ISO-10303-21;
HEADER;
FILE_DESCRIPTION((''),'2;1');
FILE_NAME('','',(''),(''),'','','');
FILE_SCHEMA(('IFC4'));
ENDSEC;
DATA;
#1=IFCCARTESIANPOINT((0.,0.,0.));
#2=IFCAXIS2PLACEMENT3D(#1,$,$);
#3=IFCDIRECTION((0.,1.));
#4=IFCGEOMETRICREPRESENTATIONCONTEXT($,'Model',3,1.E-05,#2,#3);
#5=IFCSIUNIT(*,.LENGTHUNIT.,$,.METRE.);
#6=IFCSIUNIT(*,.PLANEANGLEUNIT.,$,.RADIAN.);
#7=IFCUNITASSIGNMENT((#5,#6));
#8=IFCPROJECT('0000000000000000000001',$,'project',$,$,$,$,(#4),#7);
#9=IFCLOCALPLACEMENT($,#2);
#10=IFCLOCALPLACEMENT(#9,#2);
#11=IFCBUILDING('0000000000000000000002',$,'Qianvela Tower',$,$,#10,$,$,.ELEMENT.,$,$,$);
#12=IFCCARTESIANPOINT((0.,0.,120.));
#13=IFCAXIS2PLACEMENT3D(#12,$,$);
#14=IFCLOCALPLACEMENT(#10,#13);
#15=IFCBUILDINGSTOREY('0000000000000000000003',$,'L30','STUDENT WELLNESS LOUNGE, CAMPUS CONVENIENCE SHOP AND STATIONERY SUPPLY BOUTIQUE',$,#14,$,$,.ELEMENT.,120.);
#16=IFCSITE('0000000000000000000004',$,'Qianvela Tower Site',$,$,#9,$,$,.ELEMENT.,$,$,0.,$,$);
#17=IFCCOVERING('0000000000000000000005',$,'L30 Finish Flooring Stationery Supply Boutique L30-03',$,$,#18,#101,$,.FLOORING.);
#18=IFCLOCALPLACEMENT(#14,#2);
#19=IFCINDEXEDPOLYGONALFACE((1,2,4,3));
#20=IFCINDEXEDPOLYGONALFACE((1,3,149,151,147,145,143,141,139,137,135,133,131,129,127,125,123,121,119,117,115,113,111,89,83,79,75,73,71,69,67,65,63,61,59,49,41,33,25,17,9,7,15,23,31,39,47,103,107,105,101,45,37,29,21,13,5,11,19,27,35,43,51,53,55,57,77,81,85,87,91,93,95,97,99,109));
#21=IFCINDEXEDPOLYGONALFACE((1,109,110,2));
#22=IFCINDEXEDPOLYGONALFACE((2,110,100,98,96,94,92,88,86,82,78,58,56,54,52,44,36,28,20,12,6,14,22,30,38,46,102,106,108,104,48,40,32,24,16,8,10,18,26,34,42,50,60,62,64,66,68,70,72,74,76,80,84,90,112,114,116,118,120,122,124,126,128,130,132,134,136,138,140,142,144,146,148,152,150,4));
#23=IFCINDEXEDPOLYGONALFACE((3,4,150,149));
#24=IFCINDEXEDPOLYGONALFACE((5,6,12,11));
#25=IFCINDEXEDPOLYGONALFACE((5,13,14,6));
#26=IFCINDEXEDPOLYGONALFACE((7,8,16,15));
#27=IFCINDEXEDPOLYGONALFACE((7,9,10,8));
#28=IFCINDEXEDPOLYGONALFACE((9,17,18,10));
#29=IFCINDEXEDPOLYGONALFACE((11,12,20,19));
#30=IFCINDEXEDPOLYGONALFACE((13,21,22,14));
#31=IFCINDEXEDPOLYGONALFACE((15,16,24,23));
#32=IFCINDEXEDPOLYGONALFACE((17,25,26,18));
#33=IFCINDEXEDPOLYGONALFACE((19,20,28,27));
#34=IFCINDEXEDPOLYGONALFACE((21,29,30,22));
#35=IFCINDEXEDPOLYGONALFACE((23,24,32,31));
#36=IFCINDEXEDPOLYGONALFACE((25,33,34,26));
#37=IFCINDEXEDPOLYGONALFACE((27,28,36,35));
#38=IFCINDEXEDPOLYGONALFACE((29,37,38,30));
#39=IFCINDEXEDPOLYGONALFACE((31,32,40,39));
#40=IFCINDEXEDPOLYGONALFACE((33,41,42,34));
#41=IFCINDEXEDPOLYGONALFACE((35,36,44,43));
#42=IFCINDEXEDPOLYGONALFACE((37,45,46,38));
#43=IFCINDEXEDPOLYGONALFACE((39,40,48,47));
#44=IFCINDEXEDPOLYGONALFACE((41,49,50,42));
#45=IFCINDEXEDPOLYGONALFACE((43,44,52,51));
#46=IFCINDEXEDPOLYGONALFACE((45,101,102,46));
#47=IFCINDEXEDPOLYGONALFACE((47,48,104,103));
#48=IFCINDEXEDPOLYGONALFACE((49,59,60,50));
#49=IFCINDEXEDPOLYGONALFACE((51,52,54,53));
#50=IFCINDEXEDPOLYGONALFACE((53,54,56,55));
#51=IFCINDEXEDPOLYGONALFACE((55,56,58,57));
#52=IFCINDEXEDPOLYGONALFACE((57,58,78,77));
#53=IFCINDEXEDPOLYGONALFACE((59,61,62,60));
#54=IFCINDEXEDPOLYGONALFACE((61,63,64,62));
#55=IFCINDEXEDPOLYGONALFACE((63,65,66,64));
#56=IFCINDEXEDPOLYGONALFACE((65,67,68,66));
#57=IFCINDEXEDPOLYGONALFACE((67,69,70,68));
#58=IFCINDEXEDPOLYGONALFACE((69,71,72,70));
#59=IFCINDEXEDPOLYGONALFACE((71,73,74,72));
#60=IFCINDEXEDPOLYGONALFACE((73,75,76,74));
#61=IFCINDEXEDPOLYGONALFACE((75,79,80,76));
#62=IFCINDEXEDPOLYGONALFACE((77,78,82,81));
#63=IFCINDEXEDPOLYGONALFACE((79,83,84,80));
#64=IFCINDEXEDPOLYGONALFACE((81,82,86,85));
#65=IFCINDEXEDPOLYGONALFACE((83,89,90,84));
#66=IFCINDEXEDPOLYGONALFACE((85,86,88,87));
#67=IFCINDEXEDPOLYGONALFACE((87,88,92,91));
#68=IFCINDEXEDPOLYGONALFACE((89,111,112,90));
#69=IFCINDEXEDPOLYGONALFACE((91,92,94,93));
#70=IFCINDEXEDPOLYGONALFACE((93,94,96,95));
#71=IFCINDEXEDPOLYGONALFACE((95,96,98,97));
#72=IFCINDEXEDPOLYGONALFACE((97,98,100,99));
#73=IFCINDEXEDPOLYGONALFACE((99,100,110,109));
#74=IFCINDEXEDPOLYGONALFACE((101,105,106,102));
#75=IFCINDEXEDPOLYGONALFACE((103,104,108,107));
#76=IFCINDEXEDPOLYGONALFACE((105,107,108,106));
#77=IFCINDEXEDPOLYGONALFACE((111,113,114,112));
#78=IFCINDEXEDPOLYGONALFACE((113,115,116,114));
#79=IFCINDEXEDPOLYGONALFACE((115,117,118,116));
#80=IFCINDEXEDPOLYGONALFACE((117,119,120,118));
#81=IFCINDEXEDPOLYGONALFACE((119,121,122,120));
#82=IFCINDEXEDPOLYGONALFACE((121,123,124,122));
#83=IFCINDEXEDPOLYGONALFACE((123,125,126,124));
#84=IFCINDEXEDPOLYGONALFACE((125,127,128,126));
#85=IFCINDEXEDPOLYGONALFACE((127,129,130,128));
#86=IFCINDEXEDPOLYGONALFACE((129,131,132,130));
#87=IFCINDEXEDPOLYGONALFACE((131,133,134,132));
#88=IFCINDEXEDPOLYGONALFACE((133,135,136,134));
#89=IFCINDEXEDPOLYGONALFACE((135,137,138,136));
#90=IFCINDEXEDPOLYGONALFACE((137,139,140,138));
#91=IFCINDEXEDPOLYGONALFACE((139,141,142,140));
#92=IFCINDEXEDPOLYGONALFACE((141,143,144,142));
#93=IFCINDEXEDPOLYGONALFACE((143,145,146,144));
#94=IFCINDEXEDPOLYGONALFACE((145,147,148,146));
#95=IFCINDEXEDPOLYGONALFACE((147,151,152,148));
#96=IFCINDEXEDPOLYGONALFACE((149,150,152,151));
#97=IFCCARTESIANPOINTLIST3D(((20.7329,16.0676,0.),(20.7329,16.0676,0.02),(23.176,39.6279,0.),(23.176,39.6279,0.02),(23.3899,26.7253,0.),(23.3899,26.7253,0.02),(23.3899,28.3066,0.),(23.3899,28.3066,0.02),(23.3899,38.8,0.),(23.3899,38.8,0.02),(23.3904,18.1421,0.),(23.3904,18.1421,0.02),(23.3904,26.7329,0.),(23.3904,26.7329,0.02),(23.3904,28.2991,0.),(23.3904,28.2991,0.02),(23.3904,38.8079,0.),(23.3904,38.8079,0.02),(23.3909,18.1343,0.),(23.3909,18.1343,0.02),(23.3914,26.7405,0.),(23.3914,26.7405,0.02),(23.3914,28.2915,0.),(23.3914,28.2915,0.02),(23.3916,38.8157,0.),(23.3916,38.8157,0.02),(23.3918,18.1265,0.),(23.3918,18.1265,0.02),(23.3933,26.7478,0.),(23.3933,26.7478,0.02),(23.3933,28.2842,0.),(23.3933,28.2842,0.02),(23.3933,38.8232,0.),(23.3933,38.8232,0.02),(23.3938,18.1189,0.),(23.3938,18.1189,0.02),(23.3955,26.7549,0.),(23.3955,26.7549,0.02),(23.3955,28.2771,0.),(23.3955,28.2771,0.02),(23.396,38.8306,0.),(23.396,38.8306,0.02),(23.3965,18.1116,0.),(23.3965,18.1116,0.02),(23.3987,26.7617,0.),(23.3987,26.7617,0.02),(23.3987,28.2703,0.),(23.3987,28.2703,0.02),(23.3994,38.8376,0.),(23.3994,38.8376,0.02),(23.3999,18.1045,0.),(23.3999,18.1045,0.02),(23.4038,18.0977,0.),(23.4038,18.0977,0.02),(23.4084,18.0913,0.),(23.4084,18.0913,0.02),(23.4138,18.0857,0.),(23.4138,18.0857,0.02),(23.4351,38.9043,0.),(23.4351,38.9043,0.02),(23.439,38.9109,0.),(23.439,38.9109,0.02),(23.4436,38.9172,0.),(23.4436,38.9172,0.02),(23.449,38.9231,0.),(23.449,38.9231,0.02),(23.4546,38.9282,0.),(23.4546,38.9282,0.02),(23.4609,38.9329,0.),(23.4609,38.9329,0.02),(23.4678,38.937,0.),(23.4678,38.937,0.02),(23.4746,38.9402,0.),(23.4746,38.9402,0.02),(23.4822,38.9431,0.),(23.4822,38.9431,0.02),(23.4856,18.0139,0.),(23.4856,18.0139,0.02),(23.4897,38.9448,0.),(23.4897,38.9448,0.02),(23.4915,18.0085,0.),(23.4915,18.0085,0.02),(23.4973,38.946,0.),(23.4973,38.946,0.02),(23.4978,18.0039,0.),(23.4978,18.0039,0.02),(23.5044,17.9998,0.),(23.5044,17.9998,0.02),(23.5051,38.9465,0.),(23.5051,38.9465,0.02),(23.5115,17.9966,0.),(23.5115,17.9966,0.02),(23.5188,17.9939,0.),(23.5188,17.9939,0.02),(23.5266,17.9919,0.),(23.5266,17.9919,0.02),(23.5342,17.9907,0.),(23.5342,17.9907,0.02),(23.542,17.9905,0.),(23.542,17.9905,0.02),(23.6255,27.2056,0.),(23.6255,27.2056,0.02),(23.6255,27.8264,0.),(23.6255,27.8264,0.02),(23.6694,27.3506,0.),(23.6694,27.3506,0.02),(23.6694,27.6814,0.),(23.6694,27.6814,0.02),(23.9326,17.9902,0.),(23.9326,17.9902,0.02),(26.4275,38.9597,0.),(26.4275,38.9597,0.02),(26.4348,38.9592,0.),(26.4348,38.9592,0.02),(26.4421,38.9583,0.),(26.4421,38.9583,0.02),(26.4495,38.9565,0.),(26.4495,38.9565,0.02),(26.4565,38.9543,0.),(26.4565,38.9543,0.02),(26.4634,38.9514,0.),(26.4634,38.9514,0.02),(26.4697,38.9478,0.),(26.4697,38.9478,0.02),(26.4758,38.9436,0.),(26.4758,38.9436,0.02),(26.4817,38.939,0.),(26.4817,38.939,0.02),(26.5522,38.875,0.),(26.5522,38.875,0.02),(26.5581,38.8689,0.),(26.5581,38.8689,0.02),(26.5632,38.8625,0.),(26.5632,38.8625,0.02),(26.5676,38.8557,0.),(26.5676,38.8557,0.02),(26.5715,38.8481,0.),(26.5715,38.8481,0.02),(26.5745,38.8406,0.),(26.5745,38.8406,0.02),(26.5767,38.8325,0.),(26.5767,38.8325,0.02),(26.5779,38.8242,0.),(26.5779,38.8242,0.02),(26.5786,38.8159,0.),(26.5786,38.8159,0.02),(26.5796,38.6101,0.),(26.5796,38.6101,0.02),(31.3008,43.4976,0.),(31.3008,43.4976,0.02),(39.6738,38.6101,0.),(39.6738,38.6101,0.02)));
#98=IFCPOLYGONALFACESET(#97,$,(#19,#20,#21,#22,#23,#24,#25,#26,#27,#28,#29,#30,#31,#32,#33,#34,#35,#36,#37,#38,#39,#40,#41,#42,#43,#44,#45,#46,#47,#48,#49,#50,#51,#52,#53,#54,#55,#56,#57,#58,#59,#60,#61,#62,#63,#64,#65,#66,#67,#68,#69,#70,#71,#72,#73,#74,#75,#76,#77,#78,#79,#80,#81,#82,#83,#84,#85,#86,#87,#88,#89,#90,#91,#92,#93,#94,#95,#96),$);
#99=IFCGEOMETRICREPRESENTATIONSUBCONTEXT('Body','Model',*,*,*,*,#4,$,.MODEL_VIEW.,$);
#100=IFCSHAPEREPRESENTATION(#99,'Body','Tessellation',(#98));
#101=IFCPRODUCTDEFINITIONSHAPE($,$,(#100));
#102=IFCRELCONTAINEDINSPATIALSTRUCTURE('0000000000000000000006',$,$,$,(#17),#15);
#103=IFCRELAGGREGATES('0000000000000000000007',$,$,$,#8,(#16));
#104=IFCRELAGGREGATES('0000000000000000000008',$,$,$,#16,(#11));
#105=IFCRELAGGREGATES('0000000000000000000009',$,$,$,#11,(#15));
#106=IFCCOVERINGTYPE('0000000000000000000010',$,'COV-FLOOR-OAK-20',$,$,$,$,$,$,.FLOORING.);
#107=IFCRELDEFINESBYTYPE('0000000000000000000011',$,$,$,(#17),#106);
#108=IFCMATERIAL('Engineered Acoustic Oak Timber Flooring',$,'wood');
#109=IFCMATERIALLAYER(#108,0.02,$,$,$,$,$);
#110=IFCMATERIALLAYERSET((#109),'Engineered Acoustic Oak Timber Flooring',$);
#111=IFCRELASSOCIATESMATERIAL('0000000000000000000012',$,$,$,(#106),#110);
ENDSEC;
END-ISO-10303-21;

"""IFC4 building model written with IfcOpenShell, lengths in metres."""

from ifc_helpers import new_model, si_unit, direction, frame, origin, place, context, subcontext, project, spatial, polyline, outline, extrude, material, layer, layer_set, type_object, element, save


model = new_model("IFC4")

# Units and contexts
model_context = context("Model", 3, precision=1e-05, world=origin(), true_north=direction((0.0, 1.0)))
body_context = subcontext(model_context, "Body", "Model", "MODEL_VIEW")
ifc_project = project(units=[si_unit("LENGTHUNIT", "METRE"), si_unit("PLANEANGLEUNIT", "RADIAN")], contexts=[model_context])

# Site, building, storey
site_placement = place(None, origin())
site = spatial("IfcSite", under=ifc_project, at=site_placement, Name="Qianvela Tower Site", CompositionType="ELEMENT", RefElevation=0.0)
building_placement = place(site_placement, origin())
building = spatial("IfcBuilding", under=site, at=building_placement, Name="Qianvela Tower", CompositionType="ELEMENT")
storey_placement = place(building_placement, frame((0.0, 0.0, 120.0)))
storey = spatial("IfcBuildingStorey", under=building, at=storey_placement, Name="L30", Description="STUDENT WELLNESS LOUNGE, CAMPUS CONVENIENCE SHOP AND STATIONERY SUPPLY BOUTIQUE", CompositionType="ELEMENT", Elevation=120.0)

# Covering
ifc_material_1 = material(Name="Engineered Acoustic Oak Timber Flooring", Category="wood")
ifc_layer_1 = layer(ifc_material_1, 0.02)
ifc_layer_set_1 = layer_set([ifc_layer_1], Name="Engineered Acoustic Oak Timber Flooring")
covering_type_1 = type_object("IfcCoveringType", Name="COV-FLOOR-OAK-20", PredefinedType="FLOORING", material=ifc_layer_set_1)
covering_1_placement = place(storey_placement, origin())
element("IfcCovering", 1, at=covering_1_placement, inside=storey, type_object=covering_type_1, Name="L30 Finish Flooring Stationery Supply Boutique L30-03", PredefinedType="FLOORING", context=body_context, shape_type="SweptSolid", body=[
    extrude(outline(polyline([(23.3987, 26.7617), (23.3955, 26.7549), (23.3933, 26.7478), (23.3914, 26.7405), (23.3904, 26.7329), (23.3899, 26.7253), (23.3904, 18.1421), (23.3909, 18.1343), (23.3918, 18.1265), (23.3938, 18.1189), (23.3965, 18.1116), (23.3999, 18.1045), (23.4038, 18.0977), (23.4084, 18.0913), (23.4138, 18.0857), (23.4856, 18.0139), (23.4915, 18.0085), (23.4978, 18.0039), (23.5044, 17.9998), (23.5115, 17.9966), (23.5188, 17.9939), (23.5266, 17.9919), (23.5342, 17.9907), (23.542, 17.9905), (23.9326, 17.9902), (20.7329, 16.0676), (23.176, 39.6279), (31.3008, 43.4976), (39.6738, 38.6101), (26.5796, 38.6101), (26.5786, 38.8159), (26.5779, 38.8242), (26.5767, 38.8325), (26.5745, 38.8406), (26.5715, 38.8481), (26.5676, 38.8557), (26.5632, 38.8625), (26.5581, 38.8689), (26.5522, 38.875), (26.4817, 38.939), (26.4758, 38.9436), (26.4697, 38.9478), (26.4634, 38.9514), (26.4565, 38.9543), (26.4495, 38.9565), (26.4421, 38.9583), (26.4348, 38.9592), (26.4275, 38.9597), (23.5051, 38.9465), (23.4973, 38.946), (23.4897, 38.9448), (23.4822, 38.9431), (23.4746, 38.9402), (23.4678, 38.937), (23.4609, 38.9329), (23.4546, 38.9282), (23.449, 38.9231), (23.4436, 38.9172), (23.439, 38.9109), (23.4351, 38.9043), (23.3994, 38.8376), (23.396, 38.8306), (23.3933, 38.8232), (23.3916, 38.8157), (23.3904, 38.8079), (23.3899, 38.8), (23.3899, 28.3066), (23.3904, 28.2991), (23.3914, 28.2915), (23.3933, 28.2842), (23.3955, 28.2771), (23.3987, 28.2703), (23.6255, 27.8264), (23.6694, 27.6814), (23.6694, 27.3506), (23.6255, 27.2056), (23.3987, 26.7617)])), origin(), (0.0, 0.0, 1.0), 0.02),
])

save(model, "model.ifc")
